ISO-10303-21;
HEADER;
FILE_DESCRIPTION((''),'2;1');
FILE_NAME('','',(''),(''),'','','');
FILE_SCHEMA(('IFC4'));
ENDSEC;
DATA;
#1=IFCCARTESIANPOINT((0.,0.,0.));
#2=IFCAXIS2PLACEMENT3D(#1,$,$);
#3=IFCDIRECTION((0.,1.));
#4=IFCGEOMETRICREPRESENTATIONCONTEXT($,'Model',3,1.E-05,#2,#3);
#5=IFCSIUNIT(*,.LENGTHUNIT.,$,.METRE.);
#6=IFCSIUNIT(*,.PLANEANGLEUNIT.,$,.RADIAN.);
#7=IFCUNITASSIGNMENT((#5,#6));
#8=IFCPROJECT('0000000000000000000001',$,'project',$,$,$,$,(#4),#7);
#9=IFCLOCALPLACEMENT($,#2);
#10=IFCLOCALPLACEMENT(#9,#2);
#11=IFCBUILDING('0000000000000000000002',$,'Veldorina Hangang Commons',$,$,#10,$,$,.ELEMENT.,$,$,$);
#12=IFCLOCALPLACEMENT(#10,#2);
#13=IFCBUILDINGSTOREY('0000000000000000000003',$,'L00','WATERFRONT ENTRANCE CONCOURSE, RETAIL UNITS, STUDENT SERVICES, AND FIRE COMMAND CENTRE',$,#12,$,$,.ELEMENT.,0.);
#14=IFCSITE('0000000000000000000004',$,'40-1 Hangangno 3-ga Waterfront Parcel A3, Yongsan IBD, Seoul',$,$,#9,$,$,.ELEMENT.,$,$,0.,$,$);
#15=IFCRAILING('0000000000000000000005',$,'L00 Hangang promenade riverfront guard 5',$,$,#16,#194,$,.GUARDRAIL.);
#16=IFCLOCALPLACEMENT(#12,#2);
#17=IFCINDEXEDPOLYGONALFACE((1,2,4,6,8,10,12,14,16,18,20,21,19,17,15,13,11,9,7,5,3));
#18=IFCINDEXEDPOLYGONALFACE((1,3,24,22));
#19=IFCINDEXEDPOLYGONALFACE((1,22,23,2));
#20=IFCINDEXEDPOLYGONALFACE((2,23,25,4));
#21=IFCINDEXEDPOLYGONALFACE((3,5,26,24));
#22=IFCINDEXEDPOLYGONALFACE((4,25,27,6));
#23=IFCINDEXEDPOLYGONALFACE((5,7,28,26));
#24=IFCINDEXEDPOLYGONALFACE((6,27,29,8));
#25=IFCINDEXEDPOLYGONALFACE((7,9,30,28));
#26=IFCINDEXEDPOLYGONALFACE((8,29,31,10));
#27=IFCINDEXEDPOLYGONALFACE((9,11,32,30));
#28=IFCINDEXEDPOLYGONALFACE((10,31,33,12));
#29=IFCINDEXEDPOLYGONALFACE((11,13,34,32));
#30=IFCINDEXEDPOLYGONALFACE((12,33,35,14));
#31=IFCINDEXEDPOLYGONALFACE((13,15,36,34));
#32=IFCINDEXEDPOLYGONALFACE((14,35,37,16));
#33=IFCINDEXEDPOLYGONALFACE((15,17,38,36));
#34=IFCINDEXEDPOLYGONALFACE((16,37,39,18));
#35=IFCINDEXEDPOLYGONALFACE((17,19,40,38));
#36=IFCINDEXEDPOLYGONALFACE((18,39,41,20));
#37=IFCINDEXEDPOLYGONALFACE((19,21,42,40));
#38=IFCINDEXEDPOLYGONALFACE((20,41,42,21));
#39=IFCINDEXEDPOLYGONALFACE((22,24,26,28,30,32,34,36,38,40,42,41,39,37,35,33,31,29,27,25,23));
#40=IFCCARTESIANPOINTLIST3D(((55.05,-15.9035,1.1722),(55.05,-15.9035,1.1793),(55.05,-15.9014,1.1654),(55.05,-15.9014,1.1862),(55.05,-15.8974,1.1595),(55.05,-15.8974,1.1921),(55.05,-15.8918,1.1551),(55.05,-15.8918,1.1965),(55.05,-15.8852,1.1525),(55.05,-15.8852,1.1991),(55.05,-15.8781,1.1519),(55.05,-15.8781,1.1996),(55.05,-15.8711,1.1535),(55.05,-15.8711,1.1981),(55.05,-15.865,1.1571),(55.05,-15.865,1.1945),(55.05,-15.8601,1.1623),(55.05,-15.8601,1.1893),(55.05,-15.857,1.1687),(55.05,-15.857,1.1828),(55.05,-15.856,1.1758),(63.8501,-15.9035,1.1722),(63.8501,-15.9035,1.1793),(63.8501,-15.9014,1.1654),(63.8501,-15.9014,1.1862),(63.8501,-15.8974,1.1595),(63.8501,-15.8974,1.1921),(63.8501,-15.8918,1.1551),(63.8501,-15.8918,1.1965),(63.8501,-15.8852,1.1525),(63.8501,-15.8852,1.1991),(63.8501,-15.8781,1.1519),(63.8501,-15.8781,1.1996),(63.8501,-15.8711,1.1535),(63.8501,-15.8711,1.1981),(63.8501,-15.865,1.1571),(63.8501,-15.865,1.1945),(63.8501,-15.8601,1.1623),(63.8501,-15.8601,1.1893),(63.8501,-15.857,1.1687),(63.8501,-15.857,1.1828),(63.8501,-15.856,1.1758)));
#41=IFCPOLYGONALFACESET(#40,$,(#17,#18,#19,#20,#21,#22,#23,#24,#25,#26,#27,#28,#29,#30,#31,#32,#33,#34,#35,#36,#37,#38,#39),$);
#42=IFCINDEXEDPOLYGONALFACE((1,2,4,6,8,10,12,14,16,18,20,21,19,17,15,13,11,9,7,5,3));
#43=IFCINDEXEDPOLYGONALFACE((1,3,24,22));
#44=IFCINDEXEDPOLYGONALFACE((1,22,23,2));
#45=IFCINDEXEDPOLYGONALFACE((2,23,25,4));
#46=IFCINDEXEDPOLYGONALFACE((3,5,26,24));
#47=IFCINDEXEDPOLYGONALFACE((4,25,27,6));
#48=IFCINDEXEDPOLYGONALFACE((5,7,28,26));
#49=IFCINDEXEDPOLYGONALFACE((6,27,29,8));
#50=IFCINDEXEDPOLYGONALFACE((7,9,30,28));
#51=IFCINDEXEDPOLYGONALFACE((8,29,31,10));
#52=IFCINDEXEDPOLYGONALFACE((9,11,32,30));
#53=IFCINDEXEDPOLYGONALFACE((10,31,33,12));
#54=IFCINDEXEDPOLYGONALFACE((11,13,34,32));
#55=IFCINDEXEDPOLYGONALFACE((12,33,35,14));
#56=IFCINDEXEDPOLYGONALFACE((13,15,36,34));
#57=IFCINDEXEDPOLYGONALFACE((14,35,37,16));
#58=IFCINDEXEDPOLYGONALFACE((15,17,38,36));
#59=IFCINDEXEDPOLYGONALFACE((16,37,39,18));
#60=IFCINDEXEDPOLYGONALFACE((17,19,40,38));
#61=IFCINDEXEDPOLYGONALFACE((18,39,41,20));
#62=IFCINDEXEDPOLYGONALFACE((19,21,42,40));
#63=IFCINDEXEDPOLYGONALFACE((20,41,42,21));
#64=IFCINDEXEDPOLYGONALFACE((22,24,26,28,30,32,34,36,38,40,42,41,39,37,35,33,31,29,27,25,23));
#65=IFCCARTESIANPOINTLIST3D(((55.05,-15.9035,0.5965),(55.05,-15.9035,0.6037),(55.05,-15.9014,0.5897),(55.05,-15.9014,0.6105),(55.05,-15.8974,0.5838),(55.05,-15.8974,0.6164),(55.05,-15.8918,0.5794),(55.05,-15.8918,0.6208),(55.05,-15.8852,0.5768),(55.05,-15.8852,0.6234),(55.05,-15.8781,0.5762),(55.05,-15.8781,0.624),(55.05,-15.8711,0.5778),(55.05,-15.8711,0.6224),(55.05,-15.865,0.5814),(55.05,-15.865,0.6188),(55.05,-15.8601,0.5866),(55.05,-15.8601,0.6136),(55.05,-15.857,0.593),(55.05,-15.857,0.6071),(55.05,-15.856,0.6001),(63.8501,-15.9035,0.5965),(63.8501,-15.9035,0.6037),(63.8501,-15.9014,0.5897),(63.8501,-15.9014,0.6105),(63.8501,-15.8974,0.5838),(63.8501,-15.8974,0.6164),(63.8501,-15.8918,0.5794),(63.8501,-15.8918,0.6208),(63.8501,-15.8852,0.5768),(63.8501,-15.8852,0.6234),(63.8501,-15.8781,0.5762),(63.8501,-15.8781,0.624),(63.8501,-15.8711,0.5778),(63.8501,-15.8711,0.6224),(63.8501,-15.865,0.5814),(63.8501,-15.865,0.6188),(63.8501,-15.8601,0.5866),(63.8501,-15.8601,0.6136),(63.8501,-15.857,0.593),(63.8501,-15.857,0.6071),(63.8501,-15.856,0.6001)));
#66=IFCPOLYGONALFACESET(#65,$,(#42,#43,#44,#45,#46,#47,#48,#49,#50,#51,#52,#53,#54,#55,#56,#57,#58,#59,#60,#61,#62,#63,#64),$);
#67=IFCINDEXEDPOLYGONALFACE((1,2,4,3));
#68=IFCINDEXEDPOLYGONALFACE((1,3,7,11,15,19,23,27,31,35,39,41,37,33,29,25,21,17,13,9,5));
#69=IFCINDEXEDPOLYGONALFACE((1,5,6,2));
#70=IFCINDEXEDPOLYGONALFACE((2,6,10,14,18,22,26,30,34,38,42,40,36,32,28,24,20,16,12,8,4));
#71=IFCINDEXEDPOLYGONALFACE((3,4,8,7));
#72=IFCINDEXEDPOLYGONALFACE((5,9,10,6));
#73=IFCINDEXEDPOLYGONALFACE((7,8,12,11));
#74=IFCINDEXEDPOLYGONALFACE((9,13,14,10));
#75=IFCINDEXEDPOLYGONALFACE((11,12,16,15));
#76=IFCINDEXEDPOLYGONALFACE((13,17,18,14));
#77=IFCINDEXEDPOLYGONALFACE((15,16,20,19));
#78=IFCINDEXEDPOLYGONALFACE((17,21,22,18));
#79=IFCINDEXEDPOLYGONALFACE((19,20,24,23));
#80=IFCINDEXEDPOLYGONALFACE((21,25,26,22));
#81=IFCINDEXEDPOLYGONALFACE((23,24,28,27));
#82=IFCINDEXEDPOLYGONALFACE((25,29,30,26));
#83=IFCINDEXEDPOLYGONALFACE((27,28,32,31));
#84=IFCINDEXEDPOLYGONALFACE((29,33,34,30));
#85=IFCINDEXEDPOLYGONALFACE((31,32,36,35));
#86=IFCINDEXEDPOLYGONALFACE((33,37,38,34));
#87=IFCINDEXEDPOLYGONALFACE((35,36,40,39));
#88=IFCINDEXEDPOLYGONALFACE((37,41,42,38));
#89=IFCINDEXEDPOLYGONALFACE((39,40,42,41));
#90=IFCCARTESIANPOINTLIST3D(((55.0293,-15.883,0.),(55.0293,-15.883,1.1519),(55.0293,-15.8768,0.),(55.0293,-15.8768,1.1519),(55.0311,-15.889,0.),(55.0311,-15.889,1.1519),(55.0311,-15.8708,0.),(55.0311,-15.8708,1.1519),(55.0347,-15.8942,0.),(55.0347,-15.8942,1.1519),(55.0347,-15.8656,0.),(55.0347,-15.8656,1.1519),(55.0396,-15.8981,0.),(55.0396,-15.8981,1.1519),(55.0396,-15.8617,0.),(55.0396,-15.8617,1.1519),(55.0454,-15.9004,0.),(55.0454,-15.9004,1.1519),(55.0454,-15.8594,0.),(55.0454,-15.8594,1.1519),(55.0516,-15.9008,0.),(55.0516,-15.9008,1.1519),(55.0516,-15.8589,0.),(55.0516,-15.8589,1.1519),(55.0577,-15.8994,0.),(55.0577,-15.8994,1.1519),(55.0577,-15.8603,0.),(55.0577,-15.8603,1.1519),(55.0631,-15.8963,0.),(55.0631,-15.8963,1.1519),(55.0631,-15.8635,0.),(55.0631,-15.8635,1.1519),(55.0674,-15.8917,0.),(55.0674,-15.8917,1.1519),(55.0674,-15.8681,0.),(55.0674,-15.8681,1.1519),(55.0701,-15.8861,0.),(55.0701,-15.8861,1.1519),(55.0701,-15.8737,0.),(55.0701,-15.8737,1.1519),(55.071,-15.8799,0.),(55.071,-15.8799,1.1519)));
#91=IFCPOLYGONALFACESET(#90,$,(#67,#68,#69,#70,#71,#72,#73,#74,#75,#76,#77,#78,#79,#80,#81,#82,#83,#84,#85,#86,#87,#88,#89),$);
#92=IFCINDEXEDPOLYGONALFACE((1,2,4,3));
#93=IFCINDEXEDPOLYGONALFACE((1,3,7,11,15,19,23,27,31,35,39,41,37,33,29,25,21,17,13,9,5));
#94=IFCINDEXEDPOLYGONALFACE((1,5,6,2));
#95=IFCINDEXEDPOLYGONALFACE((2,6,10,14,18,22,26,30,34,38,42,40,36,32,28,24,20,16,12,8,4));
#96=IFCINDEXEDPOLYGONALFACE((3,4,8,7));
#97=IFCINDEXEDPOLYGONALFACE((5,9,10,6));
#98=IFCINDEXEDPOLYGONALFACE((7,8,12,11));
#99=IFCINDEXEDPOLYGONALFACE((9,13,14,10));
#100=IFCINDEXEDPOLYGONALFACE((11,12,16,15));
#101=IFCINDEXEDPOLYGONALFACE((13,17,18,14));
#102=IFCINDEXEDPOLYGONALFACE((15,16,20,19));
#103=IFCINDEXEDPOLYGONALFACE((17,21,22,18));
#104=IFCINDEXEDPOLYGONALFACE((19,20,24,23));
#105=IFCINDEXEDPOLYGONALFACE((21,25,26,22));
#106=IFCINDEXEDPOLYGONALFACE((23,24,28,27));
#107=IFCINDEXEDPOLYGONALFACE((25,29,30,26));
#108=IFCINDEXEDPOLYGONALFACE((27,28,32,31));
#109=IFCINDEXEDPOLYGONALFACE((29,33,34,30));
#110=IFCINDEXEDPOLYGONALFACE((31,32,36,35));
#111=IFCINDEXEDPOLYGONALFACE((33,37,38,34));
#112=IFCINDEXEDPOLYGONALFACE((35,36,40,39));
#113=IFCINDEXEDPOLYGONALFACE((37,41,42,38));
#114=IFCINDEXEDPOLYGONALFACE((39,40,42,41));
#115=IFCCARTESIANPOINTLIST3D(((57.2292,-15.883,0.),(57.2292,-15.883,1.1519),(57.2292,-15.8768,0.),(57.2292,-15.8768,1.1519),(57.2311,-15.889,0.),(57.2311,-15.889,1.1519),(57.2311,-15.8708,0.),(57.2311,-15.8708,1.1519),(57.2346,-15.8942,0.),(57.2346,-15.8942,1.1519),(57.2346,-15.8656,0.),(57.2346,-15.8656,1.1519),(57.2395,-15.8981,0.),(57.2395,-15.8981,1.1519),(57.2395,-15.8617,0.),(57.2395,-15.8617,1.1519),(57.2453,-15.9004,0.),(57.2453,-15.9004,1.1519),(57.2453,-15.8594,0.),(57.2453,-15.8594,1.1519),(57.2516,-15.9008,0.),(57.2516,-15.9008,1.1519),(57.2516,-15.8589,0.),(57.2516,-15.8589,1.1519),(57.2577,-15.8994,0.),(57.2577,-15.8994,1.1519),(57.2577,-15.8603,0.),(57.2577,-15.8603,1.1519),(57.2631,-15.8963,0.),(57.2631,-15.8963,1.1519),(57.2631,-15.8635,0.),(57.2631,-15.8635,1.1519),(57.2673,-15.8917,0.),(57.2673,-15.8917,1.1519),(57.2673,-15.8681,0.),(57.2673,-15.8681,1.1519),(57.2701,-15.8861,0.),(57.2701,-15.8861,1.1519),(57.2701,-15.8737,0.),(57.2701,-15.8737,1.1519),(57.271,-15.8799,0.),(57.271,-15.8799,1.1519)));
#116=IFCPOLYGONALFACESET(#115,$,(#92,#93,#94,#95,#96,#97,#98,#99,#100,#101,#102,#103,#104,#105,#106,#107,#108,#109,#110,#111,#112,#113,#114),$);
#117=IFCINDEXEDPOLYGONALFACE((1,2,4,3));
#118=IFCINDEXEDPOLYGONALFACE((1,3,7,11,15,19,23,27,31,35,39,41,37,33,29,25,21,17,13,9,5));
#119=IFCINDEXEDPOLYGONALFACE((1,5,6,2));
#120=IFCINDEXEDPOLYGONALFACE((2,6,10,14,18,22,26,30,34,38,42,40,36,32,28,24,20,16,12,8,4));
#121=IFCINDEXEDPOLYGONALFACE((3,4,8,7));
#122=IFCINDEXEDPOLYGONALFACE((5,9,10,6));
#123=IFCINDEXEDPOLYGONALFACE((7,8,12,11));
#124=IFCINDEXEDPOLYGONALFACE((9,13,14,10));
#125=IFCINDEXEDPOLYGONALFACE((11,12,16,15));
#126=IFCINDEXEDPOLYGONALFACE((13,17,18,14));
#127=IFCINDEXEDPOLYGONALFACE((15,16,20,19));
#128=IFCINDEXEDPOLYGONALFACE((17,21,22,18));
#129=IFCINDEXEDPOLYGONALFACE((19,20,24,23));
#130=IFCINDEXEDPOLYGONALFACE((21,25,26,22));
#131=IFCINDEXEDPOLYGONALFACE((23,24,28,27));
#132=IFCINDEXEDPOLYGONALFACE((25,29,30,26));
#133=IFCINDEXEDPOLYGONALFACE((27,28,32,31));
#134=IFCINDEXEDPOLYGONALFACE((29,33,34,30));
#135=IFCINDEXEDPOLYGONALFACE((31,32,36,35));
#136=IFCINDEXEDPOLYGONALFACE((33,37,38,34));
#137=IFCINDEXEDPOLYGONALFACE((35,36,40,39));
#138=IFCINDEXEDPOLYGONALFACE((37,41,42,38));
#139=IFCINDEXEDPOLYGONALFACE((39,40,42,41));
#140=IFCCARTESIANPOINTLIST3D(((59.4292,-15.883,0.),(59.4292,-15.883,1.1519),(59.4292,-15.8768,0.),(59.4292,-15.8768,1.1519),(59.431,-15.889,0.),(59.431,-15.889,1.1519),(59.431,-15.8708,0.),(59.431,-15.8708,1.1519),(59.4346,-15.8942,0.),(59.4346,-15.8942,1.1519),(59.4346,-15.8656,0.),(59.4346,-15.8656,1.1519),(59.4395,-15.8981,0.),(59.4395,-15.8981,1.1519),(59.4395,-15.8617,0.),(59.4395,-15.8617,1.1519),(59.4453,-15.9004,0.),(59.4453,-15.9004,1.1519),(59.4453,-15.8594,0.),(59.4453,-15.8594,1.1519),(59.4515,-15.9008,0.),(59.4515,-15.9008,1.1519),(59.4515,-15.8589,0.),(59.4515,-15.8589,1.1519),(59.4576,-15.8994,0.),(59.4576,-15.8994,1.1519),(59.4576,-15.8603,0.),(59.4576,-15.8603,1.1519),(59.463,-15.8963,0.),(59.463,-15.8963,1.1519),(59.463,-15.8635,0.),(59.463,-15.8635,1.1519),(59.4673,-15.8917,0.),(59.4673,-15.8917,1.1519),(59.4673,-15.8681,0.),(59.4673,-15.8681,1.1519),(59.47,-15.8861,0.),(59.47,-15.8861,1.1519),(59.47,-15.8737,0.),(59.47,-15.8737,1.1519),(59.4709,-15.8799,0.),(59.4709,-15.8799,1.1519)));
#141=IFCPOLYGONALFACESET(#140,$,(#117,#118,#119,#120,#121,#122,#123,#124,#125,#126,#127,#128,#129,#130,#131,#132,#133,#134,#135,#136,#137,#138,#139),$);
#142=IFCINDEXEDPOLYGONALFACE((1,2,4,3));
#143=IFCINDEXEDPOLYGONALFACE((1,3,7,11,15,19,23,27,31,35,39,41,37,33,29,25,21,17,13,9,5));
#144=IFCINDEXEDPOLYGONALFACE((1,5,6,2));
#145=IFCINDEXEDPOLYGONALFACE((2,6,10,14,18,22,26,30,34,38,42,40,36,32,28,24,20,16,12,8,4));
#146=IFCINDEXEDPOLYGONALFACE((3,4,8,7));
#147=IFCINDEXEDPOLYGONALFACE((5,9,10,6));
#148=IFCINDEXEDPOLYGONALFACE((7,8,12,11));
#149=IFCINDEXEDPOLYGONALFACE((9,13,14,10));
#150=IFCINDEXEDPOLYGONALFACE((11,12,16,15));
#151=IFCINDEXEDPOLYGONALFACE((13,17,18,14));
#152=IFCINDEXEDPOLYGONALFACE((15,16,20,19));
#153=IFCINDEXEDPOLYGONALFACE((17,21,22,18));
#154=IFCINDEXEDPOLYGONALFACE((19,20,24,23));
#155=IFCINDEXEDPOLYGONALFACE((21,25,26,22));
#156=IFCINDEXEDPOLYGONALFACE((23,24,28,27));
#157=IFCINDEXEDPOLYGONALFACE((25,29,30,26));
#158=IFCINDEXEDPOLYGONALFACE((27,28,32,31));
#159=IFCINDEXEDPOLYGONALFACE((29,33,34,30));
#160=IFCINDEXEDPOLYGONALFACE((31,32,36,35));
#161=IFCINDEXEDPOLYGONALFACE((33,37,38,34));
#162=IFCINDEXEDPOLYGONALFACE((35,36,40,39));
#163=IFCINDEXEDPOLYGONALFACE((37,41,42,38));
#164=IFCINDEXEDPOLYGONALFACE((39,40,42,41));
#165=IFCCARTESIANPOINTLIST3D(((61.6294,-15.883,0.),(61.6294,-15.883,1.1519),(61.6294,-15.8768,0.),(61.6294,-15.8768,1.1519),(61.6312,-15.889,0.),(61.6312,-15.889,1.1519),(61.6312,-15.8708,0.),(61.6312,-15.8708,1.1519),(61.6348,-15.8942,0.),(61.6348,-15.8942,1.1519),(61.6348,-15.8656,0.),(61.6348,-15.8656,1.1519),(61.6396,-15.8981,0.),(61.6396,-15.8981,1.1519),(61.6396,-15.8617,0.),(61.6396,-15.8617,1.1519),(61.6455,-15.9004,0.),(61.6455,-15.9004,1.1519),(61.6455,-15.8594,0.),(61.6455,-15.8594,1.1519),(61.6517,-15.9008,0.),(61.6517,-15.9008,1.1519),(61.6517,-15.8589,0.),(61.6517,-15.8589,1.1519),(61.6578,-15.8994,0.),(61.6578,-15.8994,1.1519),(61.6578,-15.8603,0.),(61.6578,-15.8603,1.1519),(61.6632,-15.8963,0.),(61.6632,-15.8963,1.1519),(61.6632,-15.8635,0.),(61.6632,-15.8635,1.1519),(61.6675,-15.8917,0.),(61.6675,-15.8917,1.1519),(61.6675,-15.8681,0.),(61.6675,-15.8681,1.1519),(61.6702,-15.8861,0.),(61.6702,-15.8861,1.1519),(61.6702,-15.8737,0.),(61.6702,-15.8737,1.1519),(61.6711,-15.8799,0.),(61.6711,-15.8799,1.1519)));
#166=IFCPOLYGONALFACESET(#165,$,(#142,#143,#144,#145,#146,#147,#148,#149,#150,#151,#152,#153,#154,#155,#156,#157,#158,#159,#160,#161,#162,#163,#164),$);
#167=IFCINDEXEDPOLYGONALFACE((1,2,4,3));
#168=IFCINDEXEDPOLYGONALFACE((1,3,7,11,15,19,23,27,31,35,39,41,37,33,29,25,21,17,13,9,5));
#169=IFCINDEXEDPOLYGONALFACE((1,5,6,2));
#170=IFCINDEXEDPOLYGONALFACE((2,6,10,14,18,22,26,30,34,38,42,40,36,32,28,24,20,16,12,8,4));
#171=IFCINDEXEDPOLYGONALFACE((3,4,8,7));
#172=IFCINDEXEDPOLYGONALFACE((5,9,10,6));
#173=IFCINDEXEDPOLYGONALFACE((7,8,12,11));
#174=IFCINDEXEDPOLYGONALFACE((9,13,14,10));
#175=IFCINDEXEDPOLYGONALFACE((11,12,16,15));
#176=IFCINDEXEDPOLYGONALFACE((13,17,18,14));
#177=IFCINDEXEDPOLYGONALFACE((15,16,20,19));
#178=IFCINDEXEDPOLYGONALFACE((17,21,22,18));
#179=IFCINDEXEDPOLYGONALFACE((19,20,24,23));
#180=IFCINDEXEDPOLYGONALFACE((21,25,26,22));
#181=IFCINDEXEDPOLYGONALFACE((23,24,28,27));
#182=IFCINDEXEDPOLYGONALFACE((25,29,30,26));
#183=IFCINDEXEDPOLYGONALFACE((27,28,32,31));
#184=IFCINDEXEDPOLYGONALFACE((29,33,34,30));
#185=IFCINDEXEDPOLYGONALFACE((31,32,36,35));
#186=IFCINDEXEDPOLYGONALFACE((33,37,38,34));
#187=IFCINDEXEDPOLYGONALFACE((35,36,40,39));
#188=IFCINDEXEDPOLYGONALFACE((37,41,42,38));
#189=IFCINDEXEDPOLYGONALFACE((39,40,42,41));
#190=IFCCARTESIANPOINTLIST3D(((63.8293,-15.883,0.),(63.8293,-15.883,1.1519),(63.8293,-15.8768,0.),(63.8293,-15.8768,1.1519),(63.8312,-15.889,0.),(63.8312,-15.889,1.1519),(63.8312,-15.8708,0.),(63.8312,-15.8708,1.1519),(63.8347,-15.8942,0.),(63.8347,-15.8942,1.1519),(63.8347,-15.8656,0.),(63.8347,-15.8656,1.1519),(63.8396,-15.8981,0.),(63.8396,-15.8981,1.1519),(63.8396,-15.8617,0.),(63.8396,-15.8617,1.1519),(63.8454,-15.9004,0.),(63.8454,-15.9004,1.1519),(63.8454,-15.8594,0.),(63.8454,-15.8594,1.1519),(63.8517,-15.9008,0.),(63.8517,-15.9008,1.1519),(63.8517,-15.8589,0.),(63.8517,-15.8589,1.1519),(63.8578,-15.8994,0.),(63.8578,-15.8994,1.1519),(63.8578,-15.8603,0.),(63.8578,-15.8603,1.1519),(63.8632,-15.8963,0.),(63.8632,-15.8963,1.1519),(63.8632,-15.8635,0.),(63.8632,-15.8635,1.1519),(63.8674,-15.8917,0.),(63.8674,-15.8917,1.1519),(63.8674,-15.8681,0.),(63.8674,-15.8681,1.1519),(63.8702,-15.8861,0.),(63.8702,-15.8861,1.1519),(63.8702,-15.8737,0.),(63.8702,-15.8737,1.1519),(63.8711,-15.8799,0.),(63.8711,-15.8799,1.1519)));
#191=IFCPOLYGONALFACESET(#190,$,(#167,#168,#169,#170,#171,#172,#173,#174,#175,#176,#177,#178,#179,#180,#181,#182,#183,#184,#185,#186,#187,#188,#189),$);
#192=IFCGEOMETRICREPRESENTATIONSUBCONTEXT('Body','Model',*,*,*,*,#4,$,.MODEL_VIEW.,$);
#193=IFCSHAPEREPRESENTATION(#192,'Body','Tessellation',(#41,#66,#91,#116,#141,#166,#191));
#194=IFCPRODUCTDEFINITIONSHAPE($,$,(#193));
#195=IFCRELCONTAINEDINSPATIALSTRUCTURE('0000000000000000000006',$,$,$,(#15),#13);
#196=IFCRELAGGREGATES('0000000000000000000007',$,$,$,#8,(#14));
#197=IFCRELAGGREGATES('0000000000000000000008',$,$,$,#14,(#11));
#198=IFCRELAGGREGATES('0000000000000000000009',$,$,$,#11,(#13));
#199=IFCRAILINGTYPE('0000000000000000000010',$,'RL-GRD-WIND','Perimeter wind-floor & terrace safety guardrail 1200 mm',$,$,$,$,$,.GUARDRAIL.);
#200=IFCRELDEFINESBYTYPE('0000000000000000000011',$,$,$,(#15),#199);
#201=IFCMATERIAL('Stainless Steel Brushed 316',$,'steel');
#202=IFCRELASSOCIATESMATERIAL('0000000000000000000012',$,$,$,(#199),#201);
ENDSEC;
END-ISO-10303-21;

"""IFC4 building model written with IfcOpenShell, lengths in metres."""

from ifc_helpers import new_model, si_unit, direction, frame, origin, origin_2d, place, context, subcontext, project, spatial, circle, extrude, material, type_object, element, save


model = new_model("IFC4")

# Units and contexts
model_context = context("Model", 3, precision=1e-05, world=origin(), true_north=direction((0.0, 1.0)))
body_context = subcontext(model_context, "Body", "Model", "MODEL_VIEW")
ifc_project = project(units=[si_unit("LENGTHUNIT", "METRE"), si_unit("PLANEANGLEUNIT", "RADIAN")], contexts=[model_context])

# Site, building, storey
site_placement = place(None, origin())
site = spatial("IfcSite", under=ifc_project, at=site_placement, Name="40-1 Hangangno 3-ga Waterfront Parcel A3, Yongsan IBD, Seoul", CompositionType="ELEMENT", RefElevation=0.0)
building_placement = place(site_placement, origin())
building = spatial("IfcBuilding", under=site, at=building_placement, Name="Veldorina Hangang Commons", CompositionType="ELEMENT")
storey_placement = place(building_placement, origin())
storey = spatial("IfcBuildingStorey", under=building, at=storey_placement, Name="L00", Description="WATERFRONT ENTRANCE CONCOURSE, RETAIL UNITS, STUDENT SERVICES, AND FIRE COMMAND CENTRE", CompositionType="ELEMENT", Elevation=0.0)

# Railing
ifc_material_1 = material(Name="Stainless Steel Brushed 316", Category="steel")
railing_type_1 = type_object("IfcRailingType", Name="RL-GRD-WIND", Description="Perimeter wind-floor & terrace safety guardrail 1200 mm", PredefinedType="GUARDRAIL", material=ifc_material_1)
railing_1_placement = place(storey_placement, frame((55.05, -15.8799, 0.0)))
element("IfcRailing", 1, at=railing_1_placement, inside=storey, type_object=railing_type_1, Name="L00 Hangang promenade riverfront guard 5", PredefinedType="GUARDRAIL", context=body_context, shape_type="SweptSolid", body=[
    extrude(circle(Radius=0.0239, at=origin_2d()), frame((0.0, 0.0, 1.1758), z_axis=(1.0, 0.0, 0.0), x_axis=(0.0, 1.0, 0.0)), (0.0, 0.0, 1.0), 8.8),
    extrude(circle(Radius=0.0239, at=origin_2d()), frame((0.0, 0.0, 0.6001), z_axis=(1.0, 0.0, 0.0), x_axis=(0.0, 1.0, 0.0)), (0.0, 0.0, 1.0), 8.8),
    extrude(circle(Radius=0.021, at=origin_2d()), origin(), (0.0, 0.0, 1.0), 1.1519),
    extrude(circle(Radius=0.021, at=origin_2d()), frame((2.2, 0.0, 0.0)), (0.0, 0.0, 1.0), 1.1519),
    extrude(circle(Radius=0.021, at=origin_2d()), frame((4.3999, 0.0, 0.0)), (0.0, 0.0, 1.0), 1.1519),
    extrude(circle(Radius=0.021, at=origin_2d()), frame((6.6001, 0.0, 0.0)), (0.0, 0.0, 1.0), 1.1519),
    extrude(circle(Radius=0.021, at=origin_2d()), frame((8.8, 0.0, 0.0)), (0.0, 0.0, 1.0), 1.1519),
])

save(model, "model.ifc")
